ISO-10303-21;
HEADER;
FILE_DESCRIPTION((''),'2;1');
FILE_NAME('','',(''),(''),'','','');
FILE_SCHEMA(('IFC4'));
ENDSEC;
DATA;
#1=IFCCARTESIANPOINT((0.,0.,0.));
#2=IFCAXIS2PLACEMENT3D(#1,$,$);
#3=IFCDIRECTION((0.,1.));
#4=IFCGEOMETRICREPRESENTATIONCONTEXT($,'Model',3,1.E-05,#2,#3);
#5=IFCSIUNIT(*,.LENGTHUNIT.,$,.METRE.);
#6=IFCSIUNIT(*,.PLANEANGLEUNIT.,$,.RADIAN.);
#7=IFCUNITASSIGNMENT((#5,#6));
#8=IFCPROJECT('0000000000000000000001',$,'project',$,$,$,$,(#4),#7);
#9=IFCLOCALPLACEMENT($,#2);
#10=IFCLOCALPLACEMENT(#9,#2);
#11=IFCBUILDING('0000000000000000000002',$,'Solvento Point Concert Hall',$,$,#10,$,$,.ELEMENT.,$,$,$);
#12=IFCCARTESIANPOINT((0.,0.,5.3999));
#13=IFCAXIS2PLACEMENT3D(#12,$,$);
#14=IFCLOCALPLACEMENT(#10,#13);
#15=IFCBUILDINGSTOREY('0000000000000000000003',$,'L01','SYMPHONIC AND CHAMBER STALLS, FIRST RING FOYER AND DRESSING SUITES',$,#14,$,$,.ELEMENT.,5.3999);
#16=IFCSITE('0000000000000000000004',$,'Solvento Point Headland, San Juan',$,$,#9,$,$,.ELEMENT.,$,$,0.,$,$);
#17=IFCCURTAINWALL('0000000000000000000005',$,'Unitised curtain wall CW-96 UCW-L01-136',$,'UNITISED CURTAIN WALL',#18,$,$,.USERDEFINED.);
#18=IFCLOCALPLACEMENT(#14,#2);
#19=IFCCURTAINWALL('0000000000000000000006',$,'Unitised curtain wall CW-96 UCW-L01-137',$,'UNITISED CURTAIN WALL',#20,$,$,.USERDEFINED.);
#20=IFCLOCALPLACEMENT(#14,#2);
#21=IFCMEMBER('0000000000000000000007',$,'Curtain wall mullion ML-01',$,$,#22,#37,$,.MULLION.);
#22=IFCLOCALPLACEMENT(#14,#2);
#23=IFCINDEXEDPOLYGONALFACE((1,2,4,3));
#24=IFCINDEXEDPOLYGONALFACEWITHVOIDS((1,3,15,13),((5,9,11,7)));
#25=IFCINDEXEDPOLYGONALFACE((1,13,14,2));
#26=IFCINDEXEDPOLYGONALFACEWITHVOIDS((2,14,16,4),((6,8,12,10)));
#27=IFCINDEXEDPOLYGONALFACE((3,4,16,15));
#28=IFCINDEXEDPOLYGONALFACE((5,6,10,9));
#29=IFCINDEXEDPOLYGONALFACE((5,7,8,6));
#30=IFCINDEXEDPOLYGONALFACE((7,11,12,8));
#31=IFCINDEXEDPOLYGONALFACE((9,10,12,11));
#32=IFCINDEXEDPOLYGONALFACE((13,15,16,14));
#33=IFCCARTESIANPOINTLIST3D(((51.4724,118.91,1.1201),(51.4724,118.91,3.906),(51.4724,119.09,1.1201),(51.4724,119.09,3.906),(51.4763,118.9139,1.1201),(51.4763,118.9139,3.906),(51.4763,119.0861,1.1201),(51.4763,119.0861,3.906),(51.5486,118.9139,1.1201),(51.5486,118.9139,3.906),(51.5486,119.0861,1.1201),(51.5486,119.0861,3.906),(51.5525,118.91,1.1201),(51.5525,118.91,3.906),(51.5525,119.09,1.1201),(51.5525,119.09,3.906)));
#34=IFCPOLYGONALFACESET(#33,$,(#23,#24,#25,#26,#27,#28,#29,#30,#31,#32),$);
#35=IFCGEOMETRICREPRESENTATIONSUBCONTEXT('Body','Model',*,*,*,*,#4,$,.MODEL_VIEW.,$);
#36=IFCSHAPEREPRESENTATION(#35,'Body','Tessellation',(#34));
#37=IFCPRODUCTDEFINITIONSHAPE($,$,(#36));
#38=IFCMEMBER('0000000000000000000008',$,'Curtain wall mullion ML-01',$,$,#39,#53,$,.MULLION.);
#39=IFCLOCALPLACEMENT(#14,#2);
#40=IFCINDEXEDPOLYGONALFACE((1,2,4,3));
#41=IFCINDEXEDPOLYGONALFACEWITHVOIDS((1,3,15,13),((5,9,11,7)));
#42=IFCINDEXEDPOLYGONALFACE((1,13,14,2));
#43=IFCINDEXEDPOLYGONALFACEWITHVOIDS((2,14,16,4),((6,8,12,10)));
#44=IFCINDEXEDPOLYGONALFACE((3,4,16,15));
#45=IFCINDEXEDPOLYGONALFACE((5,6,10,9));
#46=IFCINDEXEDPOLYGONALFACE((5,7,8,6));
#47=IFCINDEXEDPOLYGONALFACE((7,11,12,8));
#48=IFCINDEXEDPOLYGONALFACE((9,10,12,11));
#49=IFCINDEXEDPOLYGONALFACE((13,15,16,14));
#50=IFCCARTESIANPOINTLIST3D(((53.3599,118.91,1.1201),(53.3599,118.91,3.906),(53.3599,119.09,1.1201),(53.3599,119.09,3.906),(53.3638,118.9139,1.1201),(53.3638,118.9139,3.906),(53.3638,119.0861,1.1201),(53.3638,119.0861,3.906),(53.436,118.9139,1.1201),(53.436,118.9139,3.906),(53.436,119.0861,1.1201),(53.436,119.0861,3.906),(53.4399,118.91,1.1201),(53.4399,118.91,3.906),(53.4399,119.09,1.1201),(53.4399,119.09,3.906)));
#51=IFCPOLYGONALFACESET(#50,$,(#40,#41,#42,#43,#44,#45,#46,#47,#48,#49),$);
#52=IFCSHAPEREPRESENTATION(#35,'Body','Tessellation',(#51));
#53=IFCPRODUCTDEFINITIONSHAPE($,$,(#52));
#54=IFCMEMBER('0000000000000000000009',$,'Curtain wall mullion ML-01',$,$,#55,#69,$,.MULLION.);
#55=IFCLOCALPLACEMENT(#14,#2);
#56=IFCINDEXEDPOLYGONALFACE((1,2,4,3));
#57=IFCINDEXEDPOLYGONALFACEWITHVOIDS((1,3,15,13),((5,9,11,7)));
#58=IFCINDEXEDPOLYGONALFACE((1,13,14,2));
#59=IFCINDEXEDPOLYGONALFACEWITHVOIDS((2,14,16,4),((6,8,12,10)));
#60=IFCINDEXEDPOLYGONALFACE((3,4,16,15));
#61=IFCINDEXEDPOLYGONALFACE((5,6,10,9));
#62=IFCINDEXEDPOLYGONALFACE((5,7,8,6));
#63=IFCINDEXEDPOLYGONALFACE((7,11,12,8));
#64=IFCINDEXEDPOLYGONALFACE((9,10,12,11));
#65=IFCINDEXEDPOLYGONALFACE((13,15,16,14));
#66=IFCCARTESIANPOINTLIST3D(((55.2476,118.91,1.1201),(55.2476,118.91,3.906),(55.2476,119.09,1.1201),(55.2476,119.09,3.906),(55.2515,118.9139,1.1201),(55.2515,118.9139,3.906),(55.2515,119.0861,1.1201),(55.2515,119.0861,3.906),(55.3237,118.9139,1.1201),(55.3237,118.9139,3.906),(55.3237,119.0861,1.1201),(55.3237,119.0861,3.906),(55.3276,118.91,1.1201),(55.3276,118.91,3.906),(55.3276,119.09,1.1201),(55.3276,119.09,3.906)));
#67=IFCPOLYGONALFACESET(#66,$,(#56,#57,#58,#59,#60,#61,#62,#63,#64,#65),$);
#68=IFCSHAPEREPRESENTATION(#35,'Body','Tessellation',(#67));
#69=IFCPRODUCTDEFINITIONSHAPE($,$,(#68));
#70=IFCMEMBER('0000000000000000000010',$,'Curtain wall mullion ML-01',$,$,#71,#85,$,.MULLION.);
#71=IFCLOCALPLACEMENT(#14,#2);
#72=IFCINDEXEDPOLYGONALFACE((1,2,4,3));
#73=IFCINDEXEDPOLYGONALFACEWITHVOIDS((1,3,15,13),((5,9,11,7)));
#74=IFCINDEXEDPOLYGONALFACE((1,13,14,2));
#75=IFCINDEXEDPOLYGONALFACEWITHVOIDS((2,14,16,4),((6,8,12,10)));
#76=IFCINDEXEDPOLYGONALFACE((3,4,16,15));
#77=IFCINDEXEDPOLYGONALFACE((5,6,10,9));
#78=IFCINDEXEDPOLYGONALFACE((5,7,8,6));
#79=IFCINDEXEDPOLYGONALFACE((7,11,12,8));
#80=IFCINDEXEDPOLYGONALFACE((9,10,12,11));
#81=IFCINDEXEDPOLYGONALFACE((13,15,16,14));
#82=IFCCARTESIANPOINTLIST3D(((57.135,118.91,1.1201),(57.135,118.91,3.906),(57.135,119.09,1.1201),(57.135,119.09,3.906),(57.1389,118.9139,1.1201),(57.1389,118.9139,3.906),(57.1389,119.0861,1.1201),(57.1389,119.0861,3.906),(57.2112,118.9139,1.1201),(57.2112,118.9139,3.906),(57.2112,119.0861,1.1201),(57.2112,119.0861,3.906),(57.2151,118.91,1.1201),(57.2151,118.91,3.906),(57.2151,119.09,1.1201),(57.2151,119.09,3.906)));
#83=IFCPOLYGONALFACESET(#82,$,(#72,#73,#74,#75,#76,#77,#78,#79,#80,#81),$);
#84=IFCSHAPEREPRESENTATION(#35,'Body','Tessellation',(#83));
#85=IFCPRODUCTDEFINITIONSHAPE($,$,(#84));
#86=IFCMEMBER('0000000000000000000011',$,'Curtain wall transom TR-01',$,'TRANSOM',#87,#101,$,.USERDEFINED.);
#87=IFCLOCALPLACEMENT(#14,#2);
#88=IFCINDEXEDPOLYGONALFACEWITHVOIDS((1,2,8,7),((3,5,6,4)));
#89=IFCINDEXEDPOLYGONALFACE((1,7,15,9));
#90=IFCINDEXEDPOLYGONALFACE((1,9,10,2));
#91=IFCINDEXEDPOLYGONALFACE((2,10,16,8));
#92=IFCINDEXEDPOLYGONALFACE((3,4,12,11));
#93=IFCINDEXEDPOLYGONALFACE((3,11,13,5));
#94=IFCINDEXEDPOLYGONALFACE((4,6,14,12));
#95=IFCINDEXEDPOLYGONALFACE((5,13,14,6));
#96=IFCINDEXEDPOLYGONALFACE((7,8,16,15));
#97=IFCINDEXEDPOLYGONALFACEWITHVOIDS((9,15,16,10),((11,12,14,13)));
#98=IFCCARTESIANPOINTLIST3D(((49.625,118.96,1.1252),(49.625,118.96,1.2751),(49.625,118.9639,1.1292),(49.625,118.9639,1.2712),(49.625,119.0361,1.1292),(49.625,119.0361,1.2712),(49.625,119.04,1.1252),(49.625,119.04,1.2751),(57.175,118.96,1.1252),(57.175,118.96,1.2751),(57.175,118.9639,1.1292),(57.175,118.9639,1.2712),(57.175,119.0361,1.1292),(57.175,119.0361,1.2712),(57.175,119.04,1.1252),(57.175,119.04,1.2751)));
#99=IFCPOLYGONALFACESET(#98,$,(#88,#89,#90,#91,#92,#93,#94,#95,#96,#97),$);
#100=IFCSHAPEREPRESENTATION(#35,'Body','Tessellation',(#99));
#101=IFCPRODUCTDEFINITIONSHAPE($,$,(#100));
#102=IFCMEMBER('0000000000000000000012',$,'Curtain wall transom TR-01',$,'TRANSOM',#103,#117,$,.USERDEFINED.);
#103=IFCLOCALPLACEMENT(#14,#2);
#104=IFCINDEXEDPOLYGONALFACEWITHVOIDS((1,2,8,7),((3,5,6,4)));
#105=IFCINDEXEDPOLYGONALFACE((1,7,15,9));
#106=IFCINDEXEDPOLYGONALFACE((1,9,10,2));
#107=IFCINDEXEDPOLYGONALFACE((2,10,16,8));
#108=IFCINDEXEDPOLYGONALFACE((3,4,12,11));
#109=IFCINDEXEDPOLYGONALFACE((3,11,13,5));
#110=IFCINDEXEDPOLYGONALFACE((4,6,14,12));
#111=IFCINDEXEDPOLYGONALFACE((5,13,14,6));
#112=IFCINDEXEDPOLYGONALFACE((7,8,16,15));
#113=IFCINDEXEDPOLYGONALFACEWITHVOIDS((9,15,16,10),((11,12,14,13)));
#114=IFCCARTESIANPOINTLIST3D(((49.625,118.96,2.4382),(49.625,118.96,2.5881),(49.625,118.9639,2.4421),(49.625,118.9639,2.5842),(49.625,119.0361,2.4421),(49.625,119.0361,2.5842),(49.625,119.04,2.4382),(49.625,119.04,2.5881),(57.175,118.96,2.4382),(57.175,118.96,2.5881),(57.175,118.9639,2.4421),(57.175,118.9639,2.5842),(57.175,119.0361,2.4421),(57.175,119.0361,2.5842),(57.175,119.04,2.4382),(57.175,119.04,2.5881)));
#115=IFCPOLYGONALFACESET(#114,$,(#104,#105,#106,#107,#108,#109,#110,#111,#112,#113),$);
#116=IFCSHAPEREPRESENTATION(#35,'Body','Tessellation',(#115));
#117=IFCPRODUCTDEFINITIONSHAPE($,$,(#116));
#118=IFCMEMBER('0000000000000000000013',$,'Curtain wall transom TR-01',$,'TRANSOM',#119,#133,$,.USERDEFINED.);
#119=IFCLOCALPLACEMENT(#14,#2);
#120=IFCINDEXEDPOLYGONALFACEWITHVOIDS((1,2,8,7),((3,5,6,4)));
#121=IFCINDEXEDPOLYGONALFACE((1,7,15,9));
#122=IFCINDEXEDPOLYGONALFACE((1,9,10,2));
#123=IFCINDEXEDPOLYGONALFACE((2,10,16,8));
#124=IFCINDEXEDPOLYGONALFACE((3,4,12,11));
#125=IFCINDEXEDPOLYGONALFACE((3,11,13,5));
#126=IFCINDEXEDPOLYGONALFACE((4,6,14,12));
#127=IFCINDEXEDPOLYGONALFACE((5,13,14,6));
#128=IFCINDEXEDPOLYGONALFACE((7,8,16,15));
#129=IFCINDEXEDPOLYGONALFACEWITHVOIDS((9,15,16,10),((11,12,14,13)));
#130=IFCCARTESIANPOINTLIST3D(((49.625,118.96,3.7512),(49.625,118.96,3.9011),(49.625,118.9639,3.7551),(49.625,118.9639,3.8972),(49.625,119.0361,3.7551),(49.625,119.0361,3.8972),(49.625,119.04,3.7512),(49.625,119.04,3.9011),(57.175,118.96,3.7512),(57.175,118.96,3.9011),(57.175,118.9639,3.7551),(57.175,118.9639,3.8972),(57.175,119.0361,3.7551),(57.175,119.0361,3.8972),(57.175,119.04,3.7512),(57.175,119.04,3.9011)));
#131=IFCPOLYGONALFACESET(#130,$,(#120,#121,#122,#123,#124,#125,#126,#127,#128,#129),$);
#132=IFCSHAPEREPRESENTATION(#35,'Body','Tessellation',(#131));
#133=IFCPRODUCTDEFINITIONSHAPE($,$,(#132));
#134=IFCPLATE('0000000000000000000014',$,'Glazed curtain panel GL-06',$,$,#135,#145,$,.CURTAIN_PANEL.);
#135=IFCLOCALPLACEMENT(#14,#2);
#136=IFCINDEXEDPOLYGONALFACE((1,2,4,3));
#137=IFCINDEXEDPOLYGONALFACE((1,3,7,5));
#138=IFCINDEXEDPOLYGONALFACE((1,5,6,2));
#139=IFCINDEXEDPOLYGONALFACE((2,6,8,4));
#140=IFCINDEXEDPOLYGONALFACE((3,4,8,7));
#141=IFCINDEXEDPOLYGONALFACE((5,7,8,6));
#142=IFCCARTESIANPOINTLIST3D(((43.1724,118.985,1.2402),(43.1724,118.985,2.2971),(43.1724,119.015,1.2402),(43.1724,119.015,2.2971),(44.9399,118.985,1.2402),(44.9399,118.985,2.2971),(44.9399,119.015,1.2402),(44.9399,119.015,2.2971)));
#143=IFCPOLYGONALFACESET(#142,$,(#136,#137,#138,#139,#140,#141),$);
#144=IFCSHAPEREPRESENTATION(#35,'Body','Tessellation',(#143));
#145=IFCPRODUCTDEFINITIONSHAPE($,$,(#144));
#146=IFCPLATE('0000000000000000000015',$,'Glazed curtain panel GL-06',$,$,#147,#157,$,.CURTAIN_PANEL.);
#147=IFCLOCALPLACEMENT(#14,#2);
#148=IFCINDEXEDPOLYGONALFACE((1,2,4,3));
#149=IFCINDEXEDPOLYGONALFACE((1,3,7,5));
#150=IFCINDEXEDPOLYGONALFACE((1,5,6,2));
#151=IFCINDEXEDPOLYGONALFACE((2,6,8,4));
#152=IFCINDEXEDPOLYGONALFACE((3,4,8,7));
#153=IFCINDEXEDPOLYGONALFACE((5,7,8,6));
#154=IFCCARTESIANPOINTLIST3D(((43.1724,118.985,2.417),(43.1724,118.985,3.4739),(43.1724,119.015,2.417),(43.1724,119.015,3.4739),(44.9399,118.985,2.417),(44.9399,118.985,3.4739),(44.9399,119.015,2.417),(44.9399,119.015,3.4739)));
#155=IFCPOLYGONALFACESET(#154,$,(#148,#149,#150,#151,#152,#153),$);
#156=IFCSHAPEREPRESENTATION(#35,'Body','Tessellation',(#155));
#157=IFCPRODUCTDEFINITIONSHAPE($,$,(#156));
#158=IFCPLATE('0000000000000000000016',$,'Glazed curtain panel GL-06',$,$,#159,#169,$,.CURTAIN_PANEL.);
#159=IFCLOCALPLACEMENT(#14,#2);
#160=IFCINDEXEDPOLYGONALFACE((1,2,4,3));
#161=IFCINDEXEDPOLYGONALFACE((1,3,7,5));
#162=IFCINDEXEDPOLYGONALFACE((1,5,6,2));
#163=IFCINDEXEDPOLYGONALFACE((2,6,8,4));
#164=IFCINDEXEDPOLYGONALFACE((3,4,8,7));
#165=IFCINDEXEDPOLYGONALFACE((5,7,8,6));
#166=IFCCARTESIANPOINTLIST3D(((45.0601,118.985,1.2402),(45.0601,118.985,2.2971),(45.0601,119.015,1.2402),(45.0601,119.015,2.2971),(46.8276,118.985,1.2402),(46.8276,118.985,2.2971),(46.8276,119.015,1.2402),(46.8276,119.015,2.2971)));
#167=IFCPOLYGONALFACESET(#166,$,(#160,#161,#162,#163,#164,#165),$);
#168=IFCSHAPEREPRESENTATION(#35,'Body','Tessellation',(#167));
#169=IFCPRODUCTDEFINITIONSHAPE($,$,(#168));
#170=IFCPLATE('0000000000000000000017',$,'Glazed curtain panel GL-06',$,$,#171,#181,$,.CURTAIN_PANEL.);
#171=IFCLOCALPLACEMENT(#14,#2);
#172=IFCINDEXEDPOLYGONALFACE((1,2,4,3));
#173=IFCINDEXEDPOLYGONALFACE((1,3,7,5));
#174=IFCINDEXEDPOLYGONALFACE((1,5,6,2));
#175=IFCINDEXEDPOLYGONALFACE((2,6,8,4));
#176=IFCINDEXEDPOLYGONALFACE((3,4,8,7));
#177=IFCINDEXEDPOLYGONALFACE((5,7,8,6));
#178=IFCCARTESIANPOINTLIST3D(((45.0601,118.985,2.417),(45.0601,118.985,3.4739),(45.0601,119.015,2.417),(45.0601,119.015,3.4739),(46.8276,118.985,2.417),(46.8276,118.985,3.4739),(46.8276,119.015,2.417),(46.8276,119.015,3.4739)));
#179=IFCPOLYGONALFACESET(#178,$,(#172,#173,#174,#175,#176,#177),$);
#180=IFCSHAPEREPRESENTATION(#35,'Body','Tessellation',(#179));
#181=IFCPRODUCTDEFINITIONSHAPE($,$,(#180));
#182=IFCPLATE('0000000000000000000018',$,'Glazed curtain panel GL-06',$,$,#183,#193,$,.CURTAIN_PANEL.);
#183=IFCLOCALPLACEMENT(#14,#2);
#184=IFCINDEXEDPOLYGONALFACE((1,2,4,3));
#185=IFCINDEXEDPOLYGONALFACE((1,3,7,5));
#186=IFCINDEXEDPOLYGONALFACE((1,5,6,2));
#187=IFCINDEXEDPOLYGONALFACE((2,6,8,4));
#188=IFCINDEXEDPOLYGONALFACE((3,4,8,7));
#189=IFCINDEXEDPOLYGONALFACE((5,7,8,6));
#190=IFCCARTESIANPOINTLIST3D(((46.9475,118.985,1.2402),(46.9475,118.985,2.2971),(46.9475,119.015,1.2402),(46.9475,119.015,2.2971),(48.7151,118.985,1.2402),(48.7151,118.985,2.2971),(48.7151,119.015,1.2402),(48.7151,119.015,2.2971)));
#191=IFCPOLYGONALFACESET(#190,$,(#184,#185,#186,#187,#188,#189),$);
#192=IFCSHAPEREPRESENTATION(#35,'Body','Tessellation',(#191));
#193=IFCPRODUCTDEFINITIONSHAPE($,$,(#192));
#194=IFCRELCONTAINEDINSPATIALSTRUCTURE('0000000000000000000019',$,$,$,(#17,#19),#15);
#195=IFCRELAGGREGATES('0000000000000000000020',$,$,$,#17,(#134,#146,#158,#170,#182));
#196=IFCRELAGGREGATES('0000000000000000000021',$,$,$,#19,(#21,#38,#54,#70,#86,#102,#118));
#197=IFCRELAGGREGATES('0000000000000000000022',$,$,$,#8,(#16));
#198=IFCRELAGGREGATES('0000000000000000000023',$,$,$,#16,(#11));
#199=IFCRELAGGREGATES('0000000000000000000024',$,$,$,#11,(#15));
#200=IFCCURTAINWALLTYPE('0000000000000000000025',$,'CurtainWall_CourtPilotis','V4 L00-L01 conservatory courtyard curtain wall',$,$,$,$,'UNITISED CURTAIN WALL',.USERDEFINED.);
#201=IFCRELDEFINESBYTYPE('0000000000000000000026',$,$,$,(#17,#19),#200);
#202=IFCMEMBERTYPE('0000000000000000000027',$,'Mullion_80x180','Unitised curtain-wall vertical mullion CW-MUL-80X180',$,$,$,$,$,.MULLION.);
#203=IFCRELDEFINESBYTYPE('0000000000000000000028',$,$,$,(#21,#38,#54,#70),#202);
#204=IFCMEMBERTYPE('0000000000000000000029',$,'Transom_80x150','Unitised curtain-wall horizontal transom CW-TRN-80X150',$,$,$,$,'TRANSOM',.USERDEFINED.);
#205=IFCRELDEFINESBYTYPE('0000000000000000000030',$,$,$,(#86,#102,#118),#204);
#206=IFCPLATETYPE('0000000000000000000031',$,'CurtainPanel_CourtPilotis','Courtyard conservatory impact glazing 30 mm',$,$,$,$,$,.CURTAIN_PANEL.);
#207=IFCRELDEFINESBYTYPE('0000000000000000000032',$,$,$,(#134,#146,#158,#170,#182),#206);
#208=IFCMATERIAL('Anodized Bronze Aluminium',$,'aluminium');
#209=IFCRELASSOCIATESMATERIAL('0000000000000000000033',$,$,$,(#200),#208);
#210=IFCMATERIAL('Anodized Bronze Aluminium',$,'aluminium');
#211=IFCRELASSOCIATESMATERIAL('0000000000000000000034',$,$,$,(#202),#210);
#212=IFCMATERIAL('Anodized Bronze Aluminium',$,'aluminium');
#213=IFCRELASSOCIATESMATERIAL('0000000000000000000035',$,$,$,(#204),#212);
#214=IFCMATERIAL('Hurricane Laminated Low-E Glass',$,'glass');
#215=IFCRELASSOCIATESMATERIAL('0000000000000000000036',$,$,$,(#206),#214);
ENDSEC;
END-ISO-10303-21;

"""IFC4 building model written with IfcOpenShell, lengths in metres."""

from ifc_helpers import new_model, si_unit, direction, frame, origin, origin_2d, place, context, subcontext, project, spatial, rectangle, hollow_rectangle, extrude, material, material_profile, profile_set, type_object, element, aggregate, save


model = new_model("IFC4")

# Units and contexts
model_context = context("Model", 3, precision=1e-05, world=origin(), true_north=direction((0.0, 1.0)))
body_context = subcontext(model_context, "Body", "Model", "MODEL_VIEW")
ifc_project = project(units=[si_unit("LENGTHUNIT", "METRE"), si_unit("PLANEANGLEUNIT", "RADIAN")], contexts=[model_context])

# Site, building, storey
site_placement = place(None, origin())
site = spatial("IfcSite", under=ifc_project, at=site_placement, Name="Solvento Point Headland, San Juan", CompositionType="ELEMENT", RefElevation=0.0)
building_placement = place(site_placement, origin())
building = spatial("IfcBuilding", under=site, at=building_placement, Name="Solvento Point Concert Hall", CompositionType="ELEMENT")
storey_placement = place(building_placement, frame((0.0, 0.0, 5.3999)))
storey = spatial("IfcBuildingStorey", under=building, at=storey_placement, Name="L01", Description="SYMPHONIC AND CHAMBER STALLS, FIRST RING FOYER AND DRESSING SUITES", CompositionType="ELEMENT", Elevation=5.3999)

# Curtain walls, members
ifc_material_1 = material(Name="Anodized Bronze Aluminium", Category="aluminium")
curtain_wall_type = type_object("IfcCurtainWallType", Name="CurtainWall_CourtPilotis", Description="V4 L00-L01 conservatory courtyard curtain wall", ElementType="UNITISED CURTAIN WALL", PredefinedType="USERDEFINED", material=ifc_material_1)
curtain_wall_1_placement = place(storey_placement, origin())
curtain_wall_1 = element("IfcCurtainWall", 1, at=curtain_wall_1_placement, inside=storey, type_object=curtain_wall_type, Name="Unitised curtain wall CW-96 UCW-L01-136", ObjectType="UNITISED CURTAIN WALL", PredefinedType="USERDEFINED")
ifc_material_2 = material(Name="Anodized Bronze Aluminium", Category="aluminium")
ifc_material_profile_1 = material_profile(ifc_material_2, hollow_rectangle(XDim=0.0801, YDim=0.1799, WallThickness=0.0039, at=origin_2d()), Name="CW-MUL-80X180")
ifc_profile_set_1 = profile_set([ifc_material_profile_1], Name="Anodized Bronze Aluminium")
member_type_1 = type_object("IfcMemberType", Name="Mullion_80x180", Description="Unitised curtain-wall vertical mullion CW-MUL-80X180", PredefinedType="MULLION", material=ifc_profile_set_1)
curtain_wall_2_placement = place(storey_placement, origin())
curtain_wall_2 = element("IfcCurtainWall", 2, at=curtain_wall_2_placement, inside=storey, type_object=curtain_wall_type, Name="Unitised curtain wall CW-96 UCW-L01-137", ObjectType="UNITISED CURTAIN WALL", PredefinedType="USERDEFINED")
member_1_placement = place(storey_placement, frame((51.5125, 119.0, 1.1201), z_axis=(0.0, 0.0, 1.0), x_axis=(1.0, 0.0, 0.0)))
member_1 = element("IfcMember", 3, at=member_1_placement, type_object=member_type_1, Name="Curtain wall mullion ML-01", PredefinedType="MULLION", context=body_context, shape_type="SweptSolid", body=[
    extrude(hollow_rectangle(XDim=0.0801, YDim=0.1799, WallThickness=0.0039, at=origin_2d()), origin(), (0.0, 0.0, 1.0), 2.7859),
])
member_2_placement = place(storey_placement, frame((53.3999, 119.0, 1.1201), z_axis=(0.0, 0.0, 1.0), x_axis=(1.0, 0.0, 0.0)))
member_2 = element("IfcMember", 4, at=member_2_placement, type_object=member_type_1, Name="Curtain wall mullion ML-01", PredefinedType="MULLION", context=body_context, shape_type="SweptSolid", body=[
    extrude(hollow_rectangle(XDim=0.0801, YDim=0.1799, WallThickness=0.0039, at=origin_2d()), origin(), (0.0, 0.0, 1.0), 2.7859),
])
member_3_placement = place(storey_placement, frame((55.2876, 119.0, 1.1201), z_axis=(0.0, 0.0, 1.0), x_axis=(1.0, 0.0, 0.0)))
member_3 = element("IfcMember", 5, at=member_3_placement, type_object=member_type_1, Name="Curtain wall mullion ML-01", PredefinedType="MULLION", context=body_context, shape_type="SweptSolid", body=[
    extrude(hollow_rectangle(XDim=0.0801, YDim=0.1799, WallThickness=0.0039, at=origin_2d()), origin(), (0.0, 0.0, 1.0), 2.7859),
])
member_4_placement = place(storey_placement, frame((57.175, 119.0, 1.1201), z_axis=(0.0, 0.0, 1.0), x_axis=(1.0, 0.0, 0.0)))
member_4 = element("IfcMember", 6, at=member_4_placement, type_object=member_type_1, Name="Curtain wall mullion ML-01", PredefinedType="MULLION", context=body_context, shape_type="SweptSolid", body=[
    extrude(hollow_rectangle(XDim=0.0801, YDim=0.1799, WallThickness=0.0039, at=origin_2d()), origin(), (0.0, 0.0, 1.0), 2.7859),
])
ifc_material_3 = material(Name="Anodized Bronze Aluminium", Category="aluminium")
ifc_material_profile_2 = material_profile(ifc_material_3, hollow_rectangle(XDim=0.0801, YDim=0.1499, WallThickness=0.0039, at=origin_2d()), Name="CW-TRN-80X150")
ifc_profile_set_2 = profile_set([ifc_material_profile_2], Name="Anodized Bronze Aluminium")
member_type_2 = type_object("IfcMemberType", Name="Transom_80x150", Description="Unitised curtain-wall horizontal transom CW-TRN-80X150", ElementType="TRANSOM", PredefinedType="USERDEFINED", material=ifc_profile_set_2)
member_5_placement = place(storey_placement, frame((49.625, 119.0, 1.2002), z_axis=(1.0, 0.0, 0.0), x_axis=(0.0, 1.0, 0.0)))
member_5 = element("IfcMember", 7, at=member_5_placement, type_object=member_type_2, Name="Curtain wall transom TR-01", ObjectType="TRANSOM", PredefinedType="USERDEFINED", context=body_context, shape_type="SweptSolid", body=[
    extrude(hollow_rectangle(XDim=0.0801, YDim=0.1499, WallThickness=0.0039, at=origin_2d()), origin(), (0.0, 0.0, 1.0), 7.55),
])
member_6_placement = place(storey_placement, frame((49.625, 119.0, 2.5132), z_axis=(1.0, 0.0, 0.0), x_axis=(0.0, 1.0, 0.0)))
member_6 = element("IfcMember", 8, at=member_6_placement, type_object=member_type_2, Name="Curtain wall transom TR-01", ObjectType="TRANSOM", PredefinedType="USERDEFINED", context=body_context, shape_type="SweptSolid", body=[
    extrude(hollow_rectangle(XDim=0.0801, YDim=0.1499, WallThickness=0.0039, at=origin_2d()), origin(), (0.0, 0.0, 1.0), 7.55),
])
member_7_placement = place(storey_placement, frame((49.625, 119.0, 3.8262), z_axis=(1.0, 0.0, 0.0), x_axis=(0.0, 1.0, 0.0)))
member_7 = element("IfcMember", 9, at=member_7_placement, type_object=member_type_2, Name="Curtain wall transom TR-01", ObjectType="TRANSOM", PredefinedType="USERDEFINED", context=body_context, shape_type="SweptSolid", body=[
    extrude(hollow_rectangle(XDim=0.0801, YDim=0.1499, WallThickness=0.0039, at=origin_2d()), origin(), (0.0, 0.0, 1.0), 7.55),
])

# Plates
ifc_material_4 = material(Name="Hurricane Laminated Low-E Glass", Category="glass")
plate_type = type_object("IfcPlateType", Name="CurtainPanel_CourtPilotis", Description="Courtyard conservatory impact glazing 30 mm", PredefinedType="CURTAIN_PANEL", material=ifc_material_4)
plate_1_placement = place(storey_placement, frame((44.0562, 119.0, 1.2402), z_axis=(0.0, 0.0, 1.0), x_axis=(1.0, 0.0, 0.0)))
plate_1 = element("IfcPlate", 10, at=plate_1_placement, type_object=plate_type, Name="Glazed curtain panel GL-06", PredefinedType="CURTAIN_PANEL", context=body_context, shape_type="SweptSolid", body=[
    extrude(rectangle(XDim=1.7676, YDim=0.03, at=origin_2d()), origin(), (0.0, 0.0, 1.0), 1.0569),
])
plate_2_placement = place(storey_placement, frame((44.0562, 119.0, 2.417), z_axis=(0.0, 0.0, 1.0), x_axis=(1.0, 0.0, 0.0)))
plate_2 = element("IfcPlate", 11, at=plate_2_placement, type_object=plate_type, Name="Glazed curtain panel GL-06", PredefinedType="CURTAIN_PANEL", context=body_context, shape_type="SweptSolid", body=[
    extrude(rectangle(XDim=1.7676, YDim=0.03, at=origin_2d()), origin(), (0.0, 0.0, 1.0), 1.0569),
])
plate_3_placement = place(storey_placement, frame((45.9438, 119.0, 1.2402), z_axis=(0.0, 0.0, 1.0), x_axis=(1.0, 0.0, 0.0)))
plate_3 = element("IfcPlate", 12, at=plate_3_placement, type_object=plate_type, Name="Glazed curtain panel GL-06", PredefinedType="CURTAIN_PANEL", context=body_context, shape_type="SweptSolid", body=[
    extrude(rectangle(XDim=1.7676, YDim=0.03, at=origin_2d()), origin(), (0.0, 0.0, 1.0), 1.0569),
])
plate_4_placement = place(storey_placement, frame((45.9438, 119.0, 2.417), z_axis=(0.0, 0.0, 1.0), x_axis=(1.0, 0.0, 0.0)))
plate_4 = element("IfcPlate", 13, at=plate_4_placement, type_object=plate_type, Name="Glazed curtain panel GL-06", PredefinedType="CURTAIN_PANEL", context=body_context, shape_type="SweptSolid", body=[
    extrude(rectangle(XDim=1.7676, YDim=0.03, at=origin_2d()), origin(), (0.0, 0.0, 1.0), 1.0569),
])
plate_5_placement = place(storey_placement, frame((47.8313, 119.0, 1.2402), z_axis=(0.0, 0.0, 1.0), x_axis=(1.0, 0.0, 0.0)))
plate_5 = element("IfcPlate", 14, at=plate_5_placement, type_object=plate_type, Name="Glazed curtain panel GL-06", PredefinedType="CURTAIN_PANEL", context=body_context, shape_type="SweptSolid", body=[
    extrude(rectangle(XDim=1.7676, YDim=0.03, at=origin_2d()), origin(), (0.0, 0.0, 1.0), 1.0569),
])
aggregate(curtain_wall_1, [plate_1, plate_2, plate_3, plate_4, plate_5])
aggregate(curtain_wall_2, [member_1, member_2, member_3, member_4, member_5, member_6, member_7])

save(model, "model.ifc")
